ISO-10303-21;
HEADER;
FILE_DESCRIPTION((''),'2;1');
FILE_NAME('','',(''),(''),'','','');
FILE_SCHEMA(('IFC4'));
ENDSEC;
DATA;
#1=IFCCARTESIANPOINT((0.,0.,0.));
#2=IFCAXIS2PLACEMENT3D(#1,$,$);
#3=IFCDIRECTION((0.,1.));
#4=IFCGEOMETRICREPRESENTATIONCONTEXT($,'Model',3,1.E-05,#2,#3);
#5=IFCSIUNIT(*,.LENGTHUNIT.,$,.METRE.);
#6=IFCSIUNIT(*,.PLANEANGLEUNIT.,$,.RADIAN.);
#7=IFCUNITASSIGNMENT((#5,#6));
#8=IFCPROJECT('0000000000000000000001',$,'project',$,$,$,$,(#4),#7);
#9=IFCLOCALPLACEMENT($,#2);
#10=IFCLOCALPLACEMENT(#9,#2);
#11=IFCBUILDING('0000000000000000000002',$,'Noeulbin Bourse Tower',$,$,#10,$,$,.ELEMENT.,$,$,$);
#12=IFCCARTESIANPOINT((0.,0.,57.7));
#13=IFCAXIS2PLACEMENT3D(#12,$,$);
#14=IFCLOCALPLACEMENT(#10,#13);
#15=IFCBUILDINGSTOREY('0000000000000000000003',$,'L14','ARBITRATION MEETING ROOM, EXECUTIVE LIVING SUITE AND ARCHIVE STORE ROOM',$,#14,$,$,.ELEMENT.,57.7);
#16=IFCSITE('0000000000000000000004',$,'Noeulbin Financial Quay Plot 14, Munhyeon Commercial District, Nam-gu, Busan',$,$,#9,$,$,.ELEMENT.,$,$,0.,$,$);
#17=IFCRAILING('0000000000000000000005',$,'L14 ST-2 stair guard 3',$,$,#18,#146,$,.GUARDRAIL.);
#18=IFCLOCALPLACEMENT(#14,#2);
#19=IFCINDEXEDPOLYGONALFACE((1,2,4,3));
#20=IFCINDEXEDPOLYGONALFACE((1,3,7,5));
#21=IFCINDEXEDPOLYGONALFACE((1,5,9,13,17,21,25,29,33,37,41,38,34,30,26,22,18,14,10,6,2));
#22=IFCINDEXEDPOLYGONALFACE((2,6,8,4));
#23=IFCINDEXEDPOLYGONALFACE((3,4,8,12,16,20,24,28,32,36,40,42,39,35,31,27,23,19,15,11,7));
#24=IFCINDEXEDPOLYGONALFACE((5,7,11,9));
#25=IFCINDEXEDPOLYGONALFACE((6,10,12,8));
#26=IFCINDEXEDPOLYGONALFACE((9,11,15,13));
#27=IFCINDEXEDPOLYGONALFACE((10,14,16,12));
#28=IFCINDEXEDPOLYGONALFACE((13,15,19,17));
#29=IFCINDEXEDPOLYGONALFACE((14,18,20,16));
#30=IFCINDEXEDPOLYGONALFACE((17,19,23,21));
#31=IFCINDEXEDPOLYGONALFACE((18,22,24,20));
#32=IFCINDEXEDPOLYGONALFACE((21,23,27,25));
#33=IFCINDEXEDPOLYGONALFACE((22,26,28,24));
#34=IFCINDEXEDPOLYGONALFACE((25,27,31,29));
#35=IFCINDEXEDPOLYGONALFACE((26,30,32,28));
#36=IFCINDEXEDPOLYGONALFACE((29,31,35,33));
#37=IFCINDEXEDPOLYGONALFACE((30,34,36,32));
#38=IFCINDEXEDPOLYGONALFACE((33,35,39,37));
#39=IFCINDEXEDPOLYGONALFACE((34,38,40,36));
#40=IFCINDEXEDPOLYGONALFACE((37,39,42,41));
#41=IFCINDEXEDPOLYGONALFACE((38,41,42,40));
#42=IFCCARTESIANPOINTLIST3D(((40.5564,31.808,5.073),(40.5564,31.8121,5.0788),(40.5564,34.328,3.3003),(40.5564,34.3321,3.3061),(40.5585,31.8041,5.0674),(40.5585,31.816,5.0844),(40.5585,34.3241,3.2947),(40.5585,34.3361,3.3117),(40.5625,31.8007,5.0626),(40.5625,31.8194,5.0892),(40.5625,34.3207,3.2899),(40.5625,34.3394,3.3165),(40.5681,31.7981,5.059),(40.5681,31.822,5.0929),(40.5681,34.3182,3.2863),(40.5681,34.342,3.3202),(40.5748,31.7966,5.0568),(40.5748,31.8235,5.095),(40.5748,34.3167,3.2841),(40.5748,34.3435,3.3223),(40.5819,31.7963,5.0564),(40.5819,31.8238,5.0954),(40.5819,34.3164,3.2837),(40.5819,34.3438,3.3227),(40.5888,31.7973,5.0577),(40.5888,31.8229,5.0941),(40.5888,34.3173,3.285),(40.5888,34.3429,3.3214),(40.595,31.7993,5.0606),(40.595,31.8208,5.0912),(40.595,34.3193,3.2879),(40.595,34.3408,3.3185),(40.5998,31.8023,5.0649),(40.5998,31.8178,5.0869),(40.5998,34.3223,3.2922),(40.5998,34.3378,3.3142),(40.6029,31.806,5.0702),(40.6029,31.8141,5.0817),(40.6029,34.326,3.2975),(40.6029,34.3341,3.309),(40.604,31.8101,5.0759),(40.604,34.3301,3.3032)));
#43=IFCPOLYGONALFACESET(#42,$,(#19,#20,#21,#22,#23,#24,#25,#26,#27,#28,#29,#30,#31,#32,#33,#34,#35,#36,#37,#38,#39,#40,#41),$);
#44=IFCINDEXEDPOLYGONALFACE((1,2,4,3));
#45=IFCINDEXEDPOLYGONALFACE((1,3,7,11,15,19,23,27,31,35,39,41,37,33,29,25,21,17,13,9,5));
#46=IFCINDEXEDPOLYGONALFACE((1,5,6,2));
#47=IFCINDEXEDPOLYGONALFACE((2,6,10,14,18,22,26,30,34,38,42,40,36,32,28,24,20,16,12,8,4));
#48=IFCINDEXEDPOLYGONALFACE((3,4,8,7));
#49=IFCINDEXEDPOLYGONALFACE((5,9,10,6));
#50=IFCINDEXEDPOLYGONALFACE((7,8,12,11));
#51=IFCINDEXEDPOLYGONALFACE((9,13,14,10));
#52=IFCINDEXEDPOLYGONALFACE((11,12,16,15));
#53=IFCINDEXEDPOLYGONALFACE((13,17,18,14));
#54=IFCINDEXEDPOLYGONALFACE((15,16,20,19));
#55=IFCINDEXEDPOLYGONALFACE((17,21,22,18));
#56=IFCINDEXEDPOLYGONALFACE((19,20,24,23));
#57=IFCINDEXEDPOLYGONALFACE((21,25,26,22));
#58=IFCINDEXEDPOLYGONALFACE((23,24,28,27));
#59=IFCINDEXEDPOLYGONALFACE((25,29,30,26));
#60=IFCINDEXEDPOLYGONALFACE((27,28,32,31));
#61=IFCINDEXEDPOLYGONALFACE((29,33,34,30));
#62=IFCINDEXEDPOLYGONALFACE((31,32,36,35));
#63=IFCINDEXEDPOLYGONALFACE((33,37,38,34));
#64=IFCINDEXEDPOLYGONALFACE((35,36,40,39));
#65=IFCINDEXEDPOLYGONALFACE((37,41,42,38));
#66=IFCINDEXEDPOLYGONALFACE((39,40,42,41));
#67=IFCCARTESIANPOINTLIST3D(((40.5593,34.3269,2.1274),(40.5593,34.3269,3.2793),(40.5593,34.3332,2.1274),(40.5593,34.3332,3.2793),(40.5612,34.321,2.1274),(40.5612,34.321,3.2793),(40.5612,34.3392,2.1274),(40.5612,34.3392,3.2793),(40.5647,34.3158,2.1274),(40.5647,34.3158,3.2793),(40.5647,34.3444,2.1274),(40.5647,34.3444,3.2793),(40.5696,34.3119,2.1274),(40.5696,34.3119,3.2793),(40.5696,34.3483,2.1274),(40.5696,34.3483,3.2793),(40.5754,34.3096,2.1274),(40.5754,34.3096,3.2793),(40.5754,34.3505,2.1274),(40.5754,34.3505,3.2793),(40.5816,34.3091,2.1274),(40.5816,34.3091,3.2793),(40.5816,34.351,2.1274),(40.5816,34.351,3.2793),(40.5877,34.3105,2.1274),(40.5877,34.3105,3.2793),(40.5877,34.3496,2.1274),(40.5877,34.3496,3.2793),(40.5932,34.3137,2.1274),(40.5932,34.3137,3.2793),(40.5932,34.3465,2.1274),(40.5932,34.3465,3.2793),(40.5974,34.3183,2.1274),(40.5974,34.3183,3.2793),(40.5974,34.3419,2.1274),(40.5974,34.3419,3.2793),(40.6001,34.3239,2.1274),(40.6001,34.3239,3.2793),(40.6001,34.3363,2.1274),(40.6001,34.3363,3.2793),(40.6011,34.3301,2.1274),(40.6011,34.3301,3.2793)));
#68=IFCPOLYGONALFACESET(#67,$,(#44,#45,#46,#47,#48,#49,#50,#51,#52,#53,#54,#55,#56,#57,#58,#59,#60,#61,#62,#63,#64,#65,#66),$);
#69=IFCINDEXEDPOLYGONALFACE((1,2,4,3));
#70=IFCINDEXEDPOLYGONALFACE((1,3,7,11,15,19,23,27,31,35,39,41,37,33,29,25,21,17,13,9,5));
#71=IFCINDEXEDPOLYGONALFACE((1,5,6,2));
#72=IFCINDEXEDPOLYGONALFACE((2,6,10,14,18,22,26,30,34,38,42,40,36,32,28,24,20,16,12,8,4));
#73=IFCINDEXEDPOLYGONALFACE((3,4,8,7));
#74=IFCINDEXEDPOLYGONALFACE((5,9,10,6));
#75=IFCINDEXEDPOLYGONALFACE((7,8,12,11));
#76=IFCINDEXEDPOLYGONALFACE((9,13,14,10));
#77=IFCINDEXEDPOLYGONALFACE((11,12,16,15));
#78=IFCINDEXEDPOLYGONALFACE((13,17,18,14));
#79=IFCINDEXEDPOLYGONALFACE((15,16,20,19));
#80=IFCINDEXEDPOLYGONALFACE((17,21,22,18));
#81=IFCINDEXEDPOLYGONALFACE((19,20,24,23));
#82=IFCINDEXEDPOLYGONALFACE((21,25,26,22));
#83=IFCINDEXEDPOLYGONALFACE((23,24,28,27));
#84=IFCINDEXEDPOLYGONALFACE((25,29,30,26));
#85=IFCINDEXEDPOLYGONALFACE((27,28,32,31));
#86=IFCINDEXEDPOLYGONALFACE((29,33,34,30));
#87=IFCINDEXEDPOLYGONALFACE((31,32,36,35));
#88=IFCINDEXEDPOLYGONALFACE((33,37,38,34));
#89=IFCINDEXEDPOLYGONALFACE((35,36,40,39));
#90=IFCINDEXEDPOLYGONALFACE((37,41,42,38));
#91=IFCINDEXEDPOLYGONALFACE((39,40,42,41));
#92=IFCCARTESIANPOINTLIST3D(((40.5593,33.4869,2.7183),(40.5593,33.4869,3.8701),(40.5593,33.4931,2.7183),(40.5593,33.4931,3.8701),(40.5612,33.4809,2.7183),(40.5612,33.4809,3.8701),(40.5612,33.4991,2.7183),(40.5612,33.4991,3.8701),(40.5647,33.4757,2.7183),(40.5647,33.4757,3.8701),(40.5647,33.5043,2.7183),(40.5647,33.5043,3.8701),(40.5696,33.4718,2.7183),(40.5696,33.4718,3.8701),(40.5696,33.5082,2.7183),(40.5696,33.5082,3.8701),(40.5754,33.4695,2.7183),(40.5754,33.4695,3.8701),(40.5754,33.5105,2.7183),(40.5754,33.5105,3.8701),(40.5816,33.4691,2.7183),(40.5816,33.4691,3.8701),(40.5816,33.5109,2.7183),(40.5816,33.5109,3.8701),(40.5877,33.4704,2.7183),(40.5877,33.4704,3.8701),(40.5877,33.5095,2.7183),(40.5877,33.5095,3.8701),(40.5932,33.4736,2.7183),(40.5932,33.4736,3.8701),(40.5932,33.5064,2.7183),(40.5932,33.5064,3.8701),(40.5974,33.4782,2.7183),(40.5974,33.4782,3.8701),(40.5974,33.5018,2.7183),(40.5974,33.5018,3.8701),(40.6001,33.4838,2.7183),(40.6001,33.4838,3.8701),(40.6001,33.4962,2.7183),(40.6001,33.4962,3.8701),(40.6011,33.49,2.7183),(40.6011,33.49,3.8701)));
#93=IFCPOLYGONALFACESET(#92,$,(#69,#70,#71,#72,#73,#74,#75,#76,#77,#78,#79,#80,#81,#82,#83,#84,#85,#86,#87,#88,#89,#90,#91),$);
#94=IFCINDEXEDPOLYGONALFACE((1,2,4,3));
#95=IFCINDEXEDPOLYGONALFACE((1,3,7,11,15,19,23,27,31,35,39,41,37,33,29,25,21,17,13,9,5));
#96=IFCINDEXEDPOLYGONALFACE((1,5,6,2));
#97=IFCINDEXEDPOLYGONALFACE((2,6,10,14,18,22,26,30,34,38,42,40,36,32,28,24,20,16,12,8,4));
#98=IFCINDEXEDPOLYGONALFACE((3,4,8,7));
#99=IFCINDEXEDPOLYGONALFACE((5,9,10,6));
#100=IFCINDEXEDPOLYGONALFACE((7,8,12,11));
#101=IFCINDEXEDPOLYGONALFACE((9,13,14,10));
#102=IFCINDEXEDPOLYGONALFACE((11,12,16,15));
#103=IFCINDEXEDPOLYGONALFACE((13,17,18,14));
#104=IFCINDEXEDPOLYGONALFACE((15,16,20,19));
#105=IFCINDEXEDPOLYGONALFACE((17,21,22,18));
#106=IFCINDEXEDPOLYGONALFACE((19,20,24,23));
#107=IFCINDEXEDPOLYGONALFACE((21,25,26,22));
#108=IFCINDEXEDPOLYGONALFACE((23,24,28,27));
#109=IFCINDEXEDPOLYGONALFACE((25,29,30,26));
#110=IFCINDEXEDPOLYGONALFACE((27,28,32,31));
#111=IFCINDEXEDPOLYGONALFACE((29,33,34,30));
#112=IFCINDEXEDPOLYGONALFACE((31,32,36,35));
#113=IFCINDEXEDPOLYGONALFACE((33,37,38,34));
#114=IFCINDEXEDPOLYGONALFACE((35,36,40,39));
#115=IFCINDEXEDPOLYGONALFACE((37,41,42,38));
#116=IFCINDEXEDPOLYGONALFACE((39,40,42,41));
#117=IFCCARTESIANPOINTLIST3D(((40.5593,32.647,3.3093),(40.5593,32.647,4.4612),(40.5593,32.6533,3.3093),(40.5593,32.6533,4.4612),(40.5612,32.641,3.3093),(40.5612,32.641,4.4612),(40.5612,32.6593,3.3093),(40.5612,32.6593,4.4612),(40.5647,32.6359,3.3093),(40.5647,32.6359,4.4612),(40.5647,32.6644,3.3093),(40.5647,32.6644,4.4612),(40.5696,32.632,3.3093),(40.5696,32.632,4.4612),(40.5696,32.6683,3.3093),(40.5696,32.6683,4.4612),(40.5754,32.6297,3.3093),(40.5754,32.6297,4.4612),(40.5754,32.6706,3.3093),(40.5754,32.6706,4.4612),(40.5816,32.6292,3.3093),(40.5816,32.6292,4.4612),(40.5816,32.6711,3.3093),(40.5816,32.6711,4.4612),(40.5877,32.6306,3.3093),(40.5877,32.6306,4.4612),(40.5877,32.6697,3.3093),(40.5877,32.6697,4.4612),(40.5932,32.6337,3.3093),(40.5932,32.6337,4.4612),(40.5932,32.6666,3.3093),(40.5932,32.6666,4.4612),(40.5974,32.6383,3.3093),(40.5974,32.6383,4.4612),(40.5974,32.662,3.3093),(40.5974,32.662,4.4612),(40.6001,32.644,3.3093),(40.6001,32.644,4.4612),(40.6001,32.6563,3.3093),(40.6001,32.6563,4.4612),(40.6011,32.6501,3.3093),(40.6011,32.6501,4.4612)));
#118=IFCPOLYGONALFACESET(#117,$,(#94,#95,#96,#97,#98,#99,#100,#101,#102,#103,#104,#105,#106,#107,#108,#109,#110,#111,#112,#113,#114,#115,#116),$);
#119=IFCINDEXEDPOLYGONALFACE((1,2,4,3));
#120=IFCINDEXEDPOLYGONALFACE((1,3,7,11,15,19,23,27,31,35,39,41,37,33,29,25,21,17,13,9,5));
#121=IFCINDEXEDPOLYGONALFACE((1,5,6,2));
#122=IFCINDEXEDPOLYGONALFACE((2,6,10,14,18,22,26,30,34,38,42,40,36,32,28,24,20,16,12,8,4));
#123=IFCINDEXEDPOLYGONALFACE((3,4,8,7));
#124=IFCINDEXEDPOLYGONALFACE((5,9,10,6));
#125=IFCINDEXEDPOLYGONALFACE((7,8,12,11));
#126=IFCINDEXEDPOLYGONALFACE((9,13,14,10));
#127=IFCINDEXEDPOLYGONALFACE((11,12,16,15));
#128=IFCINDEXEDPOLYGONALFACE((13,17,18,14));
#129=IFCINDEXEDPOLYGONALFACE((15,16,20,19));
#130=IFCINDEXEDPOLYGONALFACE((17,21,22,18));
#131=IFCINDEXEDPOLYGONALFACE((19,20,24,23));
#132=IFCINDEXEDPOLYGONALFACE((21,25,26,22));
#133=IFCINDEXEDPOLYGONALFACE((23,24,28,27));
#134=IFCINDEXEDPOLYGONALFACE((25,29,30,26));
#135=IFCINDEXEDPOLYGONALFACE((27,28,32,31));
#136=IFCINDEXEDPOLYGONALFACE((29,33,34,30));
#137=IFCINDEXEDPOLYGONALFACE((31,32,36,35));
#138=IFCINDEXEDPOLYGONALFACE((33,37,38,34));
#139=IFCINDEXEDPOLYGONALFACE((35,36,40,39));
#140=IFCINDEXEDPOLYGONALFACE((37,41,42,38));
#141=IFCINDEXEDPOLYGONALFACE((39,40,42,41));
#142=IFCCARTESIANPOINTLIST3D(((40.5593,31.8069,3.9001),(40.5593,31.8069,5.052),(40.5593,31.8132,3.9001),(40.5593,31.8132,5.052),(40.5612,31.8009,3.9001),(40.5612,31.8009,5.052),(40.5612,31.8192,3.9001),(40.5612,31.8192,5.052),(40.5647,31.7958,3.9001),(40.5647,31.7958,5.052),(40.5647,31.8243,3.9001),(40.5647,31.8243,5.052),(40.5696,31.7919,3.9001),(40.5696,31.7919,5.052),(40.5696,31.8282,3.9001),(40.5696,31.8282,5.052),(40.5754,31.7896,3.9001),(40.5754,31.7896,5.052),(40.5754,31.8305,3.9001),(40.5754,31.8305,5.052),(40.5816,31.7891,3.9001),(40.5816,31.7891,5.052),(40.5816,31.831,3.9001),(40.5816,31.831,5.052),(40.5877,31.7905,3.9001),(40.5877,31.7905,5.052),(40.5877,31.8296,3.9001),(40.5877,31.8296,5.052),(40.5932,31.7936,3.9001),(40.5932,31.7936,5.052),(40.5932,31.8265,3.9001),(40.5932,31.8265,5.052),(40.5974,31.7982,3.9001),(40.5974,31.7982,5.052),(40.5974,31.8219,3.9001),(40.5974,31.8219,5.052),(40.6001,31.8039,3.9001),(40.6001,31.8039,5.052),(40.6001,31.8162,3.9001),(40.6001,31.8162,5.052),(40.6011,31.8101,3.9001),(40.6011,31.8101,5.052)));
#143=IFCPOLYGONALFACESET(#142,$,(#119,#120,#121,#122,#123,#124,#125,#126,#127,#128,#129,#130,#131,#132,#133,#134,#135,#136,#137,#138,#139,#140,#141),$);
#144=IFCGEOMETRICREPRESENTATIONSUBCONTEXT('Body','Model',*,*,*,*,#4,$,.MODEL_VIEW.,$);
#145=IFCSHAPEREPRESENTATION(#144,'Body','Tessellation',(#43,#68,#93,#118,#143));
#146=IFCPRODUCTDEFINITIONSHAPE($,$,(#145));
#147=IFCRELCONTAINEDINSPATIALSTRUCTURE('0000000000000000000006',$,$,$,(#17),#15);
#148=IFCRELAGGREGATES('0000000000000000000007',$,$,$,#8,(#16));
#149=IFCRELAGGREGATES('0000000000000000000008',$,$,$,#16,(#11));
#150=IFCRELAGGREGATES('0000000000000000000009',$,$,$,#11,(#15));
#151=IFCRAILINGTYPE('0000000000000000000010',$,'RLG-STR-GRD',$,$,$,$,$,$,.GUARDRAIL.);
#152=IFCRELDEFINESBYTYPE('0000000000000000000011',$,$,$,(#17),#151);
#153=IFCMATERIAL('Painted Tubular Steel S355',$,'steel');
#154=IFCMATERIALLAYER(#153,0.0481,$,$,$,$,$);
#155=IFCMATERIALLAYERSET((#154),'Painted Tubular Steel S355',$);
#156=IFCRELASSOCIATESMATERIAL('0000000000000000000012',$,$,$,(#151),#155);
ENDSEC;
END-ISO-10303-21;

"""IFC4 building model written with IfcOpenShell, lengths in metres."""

from ifc_helpers import new_model, si_unit, direction, frame, origin, origin_2d, place, context, subcontext, project, spatial, circle, extrude, material, layer, layer_set, type_object, element, save


model = new_model("IFC4")

# Units and contexts
model_context = context("Model", 3, precision=1e-05, world=origin(), true_north=direction((0.0, 1.0)))
body_context = subcontext(model_context, "Body", "Model", "MODEL_VIEW")
ifc_project = project(units=[si_unit("LENGTHUNIT", "METRE"), si_unit("PLANEANGLEUNIT", "RADIAN")], contexts=[model_context])

# Site, building, storey
site_placement = place(None, origin())
site = spatial("IfcSite", under=ifc_project, at=site_placement, Name="Noeulbin Financial Quay Plot 14, Munhyeon Commercial District, Nam-gu, Busan", CompositionType="ELEMENT", RefElevation=0.0)
building_placement = place(site_placement, origin())
building = spatial("IfcBuilding", under=site, at=building_placement, Name="Noeulbin Bourse Tower", CompositionType="ELEMENT")
storey_placement = place(building_placement, frame((0.0, 0.0, 57.7)))
storey = spatial("IfcBuildingStorey", under=building, at=storey_placement, Name="L14", Description="ARBITRATION MEETING ROOM, EXECUTIVE LIVING SUITE AND ARCHIVE STORE ROOM", CompositionType="ELEMENT", Elevation=57.7)

# Railing
ifc_material_1 = material(Name="Painted Tubular Steel S355", Category="steel")
ifc_layer_1 = layer(ifc_material_1, 0.0481)
ifc_layer_set_1 = layer_set([ifc_layer_1], Name="Painted Tubular Steel S355")
railing_type_1 = type_object("IfcRailingType", Name="RLG-STR-GRD", PredefinedType="GUARDRAIL", material=ifc_layer_set_1)
railing_1_placement = place(storey_placement, frame((40.5801, 34.3301, 2.1274)))
element("IfcRailing", 1, at=railing_1_placement, inside=storey, type_object=railing_type_1, Name="L14 ST-2 stair guard 3", PredefinedType="GUARDRAIL", context=body_context, shape_type="SweptSolid", body=[
    extrude(circle(Radius=0.0239, at=origin_2d()), frame((0.0, 0.0, 1.1758), z_axis=(0.0, -0.817904, 0.575354), x_axis=(1.0, 0.0, 0.0)), (0.0, 0.0, 1.0), 3.0811),
    extrude(circle(Radius=0.021, at=origin_2d()), origin(), (0.0, 0.0, 1.0), 1.1519),
    extrude(circle(Radius=0.021, at=origin_2d()), frame((0.0, -0.8401, 0.5908)), (0.0, 0.0, 1.0), 1.1519),
    extrude(circle(Radius=0.021, at=origin_2d()), frame((0.0, -1.6799, 1.1819)), (0.0, 0.0, 1.0), 1.1519),
    extrude(circle(Radius=0.021, at=origin_2d()), frame((0.0, -2.52, 1.7727)), (0.0, 0.0, 1.0), 1.1519),
])

save(model, "model.ifc")
